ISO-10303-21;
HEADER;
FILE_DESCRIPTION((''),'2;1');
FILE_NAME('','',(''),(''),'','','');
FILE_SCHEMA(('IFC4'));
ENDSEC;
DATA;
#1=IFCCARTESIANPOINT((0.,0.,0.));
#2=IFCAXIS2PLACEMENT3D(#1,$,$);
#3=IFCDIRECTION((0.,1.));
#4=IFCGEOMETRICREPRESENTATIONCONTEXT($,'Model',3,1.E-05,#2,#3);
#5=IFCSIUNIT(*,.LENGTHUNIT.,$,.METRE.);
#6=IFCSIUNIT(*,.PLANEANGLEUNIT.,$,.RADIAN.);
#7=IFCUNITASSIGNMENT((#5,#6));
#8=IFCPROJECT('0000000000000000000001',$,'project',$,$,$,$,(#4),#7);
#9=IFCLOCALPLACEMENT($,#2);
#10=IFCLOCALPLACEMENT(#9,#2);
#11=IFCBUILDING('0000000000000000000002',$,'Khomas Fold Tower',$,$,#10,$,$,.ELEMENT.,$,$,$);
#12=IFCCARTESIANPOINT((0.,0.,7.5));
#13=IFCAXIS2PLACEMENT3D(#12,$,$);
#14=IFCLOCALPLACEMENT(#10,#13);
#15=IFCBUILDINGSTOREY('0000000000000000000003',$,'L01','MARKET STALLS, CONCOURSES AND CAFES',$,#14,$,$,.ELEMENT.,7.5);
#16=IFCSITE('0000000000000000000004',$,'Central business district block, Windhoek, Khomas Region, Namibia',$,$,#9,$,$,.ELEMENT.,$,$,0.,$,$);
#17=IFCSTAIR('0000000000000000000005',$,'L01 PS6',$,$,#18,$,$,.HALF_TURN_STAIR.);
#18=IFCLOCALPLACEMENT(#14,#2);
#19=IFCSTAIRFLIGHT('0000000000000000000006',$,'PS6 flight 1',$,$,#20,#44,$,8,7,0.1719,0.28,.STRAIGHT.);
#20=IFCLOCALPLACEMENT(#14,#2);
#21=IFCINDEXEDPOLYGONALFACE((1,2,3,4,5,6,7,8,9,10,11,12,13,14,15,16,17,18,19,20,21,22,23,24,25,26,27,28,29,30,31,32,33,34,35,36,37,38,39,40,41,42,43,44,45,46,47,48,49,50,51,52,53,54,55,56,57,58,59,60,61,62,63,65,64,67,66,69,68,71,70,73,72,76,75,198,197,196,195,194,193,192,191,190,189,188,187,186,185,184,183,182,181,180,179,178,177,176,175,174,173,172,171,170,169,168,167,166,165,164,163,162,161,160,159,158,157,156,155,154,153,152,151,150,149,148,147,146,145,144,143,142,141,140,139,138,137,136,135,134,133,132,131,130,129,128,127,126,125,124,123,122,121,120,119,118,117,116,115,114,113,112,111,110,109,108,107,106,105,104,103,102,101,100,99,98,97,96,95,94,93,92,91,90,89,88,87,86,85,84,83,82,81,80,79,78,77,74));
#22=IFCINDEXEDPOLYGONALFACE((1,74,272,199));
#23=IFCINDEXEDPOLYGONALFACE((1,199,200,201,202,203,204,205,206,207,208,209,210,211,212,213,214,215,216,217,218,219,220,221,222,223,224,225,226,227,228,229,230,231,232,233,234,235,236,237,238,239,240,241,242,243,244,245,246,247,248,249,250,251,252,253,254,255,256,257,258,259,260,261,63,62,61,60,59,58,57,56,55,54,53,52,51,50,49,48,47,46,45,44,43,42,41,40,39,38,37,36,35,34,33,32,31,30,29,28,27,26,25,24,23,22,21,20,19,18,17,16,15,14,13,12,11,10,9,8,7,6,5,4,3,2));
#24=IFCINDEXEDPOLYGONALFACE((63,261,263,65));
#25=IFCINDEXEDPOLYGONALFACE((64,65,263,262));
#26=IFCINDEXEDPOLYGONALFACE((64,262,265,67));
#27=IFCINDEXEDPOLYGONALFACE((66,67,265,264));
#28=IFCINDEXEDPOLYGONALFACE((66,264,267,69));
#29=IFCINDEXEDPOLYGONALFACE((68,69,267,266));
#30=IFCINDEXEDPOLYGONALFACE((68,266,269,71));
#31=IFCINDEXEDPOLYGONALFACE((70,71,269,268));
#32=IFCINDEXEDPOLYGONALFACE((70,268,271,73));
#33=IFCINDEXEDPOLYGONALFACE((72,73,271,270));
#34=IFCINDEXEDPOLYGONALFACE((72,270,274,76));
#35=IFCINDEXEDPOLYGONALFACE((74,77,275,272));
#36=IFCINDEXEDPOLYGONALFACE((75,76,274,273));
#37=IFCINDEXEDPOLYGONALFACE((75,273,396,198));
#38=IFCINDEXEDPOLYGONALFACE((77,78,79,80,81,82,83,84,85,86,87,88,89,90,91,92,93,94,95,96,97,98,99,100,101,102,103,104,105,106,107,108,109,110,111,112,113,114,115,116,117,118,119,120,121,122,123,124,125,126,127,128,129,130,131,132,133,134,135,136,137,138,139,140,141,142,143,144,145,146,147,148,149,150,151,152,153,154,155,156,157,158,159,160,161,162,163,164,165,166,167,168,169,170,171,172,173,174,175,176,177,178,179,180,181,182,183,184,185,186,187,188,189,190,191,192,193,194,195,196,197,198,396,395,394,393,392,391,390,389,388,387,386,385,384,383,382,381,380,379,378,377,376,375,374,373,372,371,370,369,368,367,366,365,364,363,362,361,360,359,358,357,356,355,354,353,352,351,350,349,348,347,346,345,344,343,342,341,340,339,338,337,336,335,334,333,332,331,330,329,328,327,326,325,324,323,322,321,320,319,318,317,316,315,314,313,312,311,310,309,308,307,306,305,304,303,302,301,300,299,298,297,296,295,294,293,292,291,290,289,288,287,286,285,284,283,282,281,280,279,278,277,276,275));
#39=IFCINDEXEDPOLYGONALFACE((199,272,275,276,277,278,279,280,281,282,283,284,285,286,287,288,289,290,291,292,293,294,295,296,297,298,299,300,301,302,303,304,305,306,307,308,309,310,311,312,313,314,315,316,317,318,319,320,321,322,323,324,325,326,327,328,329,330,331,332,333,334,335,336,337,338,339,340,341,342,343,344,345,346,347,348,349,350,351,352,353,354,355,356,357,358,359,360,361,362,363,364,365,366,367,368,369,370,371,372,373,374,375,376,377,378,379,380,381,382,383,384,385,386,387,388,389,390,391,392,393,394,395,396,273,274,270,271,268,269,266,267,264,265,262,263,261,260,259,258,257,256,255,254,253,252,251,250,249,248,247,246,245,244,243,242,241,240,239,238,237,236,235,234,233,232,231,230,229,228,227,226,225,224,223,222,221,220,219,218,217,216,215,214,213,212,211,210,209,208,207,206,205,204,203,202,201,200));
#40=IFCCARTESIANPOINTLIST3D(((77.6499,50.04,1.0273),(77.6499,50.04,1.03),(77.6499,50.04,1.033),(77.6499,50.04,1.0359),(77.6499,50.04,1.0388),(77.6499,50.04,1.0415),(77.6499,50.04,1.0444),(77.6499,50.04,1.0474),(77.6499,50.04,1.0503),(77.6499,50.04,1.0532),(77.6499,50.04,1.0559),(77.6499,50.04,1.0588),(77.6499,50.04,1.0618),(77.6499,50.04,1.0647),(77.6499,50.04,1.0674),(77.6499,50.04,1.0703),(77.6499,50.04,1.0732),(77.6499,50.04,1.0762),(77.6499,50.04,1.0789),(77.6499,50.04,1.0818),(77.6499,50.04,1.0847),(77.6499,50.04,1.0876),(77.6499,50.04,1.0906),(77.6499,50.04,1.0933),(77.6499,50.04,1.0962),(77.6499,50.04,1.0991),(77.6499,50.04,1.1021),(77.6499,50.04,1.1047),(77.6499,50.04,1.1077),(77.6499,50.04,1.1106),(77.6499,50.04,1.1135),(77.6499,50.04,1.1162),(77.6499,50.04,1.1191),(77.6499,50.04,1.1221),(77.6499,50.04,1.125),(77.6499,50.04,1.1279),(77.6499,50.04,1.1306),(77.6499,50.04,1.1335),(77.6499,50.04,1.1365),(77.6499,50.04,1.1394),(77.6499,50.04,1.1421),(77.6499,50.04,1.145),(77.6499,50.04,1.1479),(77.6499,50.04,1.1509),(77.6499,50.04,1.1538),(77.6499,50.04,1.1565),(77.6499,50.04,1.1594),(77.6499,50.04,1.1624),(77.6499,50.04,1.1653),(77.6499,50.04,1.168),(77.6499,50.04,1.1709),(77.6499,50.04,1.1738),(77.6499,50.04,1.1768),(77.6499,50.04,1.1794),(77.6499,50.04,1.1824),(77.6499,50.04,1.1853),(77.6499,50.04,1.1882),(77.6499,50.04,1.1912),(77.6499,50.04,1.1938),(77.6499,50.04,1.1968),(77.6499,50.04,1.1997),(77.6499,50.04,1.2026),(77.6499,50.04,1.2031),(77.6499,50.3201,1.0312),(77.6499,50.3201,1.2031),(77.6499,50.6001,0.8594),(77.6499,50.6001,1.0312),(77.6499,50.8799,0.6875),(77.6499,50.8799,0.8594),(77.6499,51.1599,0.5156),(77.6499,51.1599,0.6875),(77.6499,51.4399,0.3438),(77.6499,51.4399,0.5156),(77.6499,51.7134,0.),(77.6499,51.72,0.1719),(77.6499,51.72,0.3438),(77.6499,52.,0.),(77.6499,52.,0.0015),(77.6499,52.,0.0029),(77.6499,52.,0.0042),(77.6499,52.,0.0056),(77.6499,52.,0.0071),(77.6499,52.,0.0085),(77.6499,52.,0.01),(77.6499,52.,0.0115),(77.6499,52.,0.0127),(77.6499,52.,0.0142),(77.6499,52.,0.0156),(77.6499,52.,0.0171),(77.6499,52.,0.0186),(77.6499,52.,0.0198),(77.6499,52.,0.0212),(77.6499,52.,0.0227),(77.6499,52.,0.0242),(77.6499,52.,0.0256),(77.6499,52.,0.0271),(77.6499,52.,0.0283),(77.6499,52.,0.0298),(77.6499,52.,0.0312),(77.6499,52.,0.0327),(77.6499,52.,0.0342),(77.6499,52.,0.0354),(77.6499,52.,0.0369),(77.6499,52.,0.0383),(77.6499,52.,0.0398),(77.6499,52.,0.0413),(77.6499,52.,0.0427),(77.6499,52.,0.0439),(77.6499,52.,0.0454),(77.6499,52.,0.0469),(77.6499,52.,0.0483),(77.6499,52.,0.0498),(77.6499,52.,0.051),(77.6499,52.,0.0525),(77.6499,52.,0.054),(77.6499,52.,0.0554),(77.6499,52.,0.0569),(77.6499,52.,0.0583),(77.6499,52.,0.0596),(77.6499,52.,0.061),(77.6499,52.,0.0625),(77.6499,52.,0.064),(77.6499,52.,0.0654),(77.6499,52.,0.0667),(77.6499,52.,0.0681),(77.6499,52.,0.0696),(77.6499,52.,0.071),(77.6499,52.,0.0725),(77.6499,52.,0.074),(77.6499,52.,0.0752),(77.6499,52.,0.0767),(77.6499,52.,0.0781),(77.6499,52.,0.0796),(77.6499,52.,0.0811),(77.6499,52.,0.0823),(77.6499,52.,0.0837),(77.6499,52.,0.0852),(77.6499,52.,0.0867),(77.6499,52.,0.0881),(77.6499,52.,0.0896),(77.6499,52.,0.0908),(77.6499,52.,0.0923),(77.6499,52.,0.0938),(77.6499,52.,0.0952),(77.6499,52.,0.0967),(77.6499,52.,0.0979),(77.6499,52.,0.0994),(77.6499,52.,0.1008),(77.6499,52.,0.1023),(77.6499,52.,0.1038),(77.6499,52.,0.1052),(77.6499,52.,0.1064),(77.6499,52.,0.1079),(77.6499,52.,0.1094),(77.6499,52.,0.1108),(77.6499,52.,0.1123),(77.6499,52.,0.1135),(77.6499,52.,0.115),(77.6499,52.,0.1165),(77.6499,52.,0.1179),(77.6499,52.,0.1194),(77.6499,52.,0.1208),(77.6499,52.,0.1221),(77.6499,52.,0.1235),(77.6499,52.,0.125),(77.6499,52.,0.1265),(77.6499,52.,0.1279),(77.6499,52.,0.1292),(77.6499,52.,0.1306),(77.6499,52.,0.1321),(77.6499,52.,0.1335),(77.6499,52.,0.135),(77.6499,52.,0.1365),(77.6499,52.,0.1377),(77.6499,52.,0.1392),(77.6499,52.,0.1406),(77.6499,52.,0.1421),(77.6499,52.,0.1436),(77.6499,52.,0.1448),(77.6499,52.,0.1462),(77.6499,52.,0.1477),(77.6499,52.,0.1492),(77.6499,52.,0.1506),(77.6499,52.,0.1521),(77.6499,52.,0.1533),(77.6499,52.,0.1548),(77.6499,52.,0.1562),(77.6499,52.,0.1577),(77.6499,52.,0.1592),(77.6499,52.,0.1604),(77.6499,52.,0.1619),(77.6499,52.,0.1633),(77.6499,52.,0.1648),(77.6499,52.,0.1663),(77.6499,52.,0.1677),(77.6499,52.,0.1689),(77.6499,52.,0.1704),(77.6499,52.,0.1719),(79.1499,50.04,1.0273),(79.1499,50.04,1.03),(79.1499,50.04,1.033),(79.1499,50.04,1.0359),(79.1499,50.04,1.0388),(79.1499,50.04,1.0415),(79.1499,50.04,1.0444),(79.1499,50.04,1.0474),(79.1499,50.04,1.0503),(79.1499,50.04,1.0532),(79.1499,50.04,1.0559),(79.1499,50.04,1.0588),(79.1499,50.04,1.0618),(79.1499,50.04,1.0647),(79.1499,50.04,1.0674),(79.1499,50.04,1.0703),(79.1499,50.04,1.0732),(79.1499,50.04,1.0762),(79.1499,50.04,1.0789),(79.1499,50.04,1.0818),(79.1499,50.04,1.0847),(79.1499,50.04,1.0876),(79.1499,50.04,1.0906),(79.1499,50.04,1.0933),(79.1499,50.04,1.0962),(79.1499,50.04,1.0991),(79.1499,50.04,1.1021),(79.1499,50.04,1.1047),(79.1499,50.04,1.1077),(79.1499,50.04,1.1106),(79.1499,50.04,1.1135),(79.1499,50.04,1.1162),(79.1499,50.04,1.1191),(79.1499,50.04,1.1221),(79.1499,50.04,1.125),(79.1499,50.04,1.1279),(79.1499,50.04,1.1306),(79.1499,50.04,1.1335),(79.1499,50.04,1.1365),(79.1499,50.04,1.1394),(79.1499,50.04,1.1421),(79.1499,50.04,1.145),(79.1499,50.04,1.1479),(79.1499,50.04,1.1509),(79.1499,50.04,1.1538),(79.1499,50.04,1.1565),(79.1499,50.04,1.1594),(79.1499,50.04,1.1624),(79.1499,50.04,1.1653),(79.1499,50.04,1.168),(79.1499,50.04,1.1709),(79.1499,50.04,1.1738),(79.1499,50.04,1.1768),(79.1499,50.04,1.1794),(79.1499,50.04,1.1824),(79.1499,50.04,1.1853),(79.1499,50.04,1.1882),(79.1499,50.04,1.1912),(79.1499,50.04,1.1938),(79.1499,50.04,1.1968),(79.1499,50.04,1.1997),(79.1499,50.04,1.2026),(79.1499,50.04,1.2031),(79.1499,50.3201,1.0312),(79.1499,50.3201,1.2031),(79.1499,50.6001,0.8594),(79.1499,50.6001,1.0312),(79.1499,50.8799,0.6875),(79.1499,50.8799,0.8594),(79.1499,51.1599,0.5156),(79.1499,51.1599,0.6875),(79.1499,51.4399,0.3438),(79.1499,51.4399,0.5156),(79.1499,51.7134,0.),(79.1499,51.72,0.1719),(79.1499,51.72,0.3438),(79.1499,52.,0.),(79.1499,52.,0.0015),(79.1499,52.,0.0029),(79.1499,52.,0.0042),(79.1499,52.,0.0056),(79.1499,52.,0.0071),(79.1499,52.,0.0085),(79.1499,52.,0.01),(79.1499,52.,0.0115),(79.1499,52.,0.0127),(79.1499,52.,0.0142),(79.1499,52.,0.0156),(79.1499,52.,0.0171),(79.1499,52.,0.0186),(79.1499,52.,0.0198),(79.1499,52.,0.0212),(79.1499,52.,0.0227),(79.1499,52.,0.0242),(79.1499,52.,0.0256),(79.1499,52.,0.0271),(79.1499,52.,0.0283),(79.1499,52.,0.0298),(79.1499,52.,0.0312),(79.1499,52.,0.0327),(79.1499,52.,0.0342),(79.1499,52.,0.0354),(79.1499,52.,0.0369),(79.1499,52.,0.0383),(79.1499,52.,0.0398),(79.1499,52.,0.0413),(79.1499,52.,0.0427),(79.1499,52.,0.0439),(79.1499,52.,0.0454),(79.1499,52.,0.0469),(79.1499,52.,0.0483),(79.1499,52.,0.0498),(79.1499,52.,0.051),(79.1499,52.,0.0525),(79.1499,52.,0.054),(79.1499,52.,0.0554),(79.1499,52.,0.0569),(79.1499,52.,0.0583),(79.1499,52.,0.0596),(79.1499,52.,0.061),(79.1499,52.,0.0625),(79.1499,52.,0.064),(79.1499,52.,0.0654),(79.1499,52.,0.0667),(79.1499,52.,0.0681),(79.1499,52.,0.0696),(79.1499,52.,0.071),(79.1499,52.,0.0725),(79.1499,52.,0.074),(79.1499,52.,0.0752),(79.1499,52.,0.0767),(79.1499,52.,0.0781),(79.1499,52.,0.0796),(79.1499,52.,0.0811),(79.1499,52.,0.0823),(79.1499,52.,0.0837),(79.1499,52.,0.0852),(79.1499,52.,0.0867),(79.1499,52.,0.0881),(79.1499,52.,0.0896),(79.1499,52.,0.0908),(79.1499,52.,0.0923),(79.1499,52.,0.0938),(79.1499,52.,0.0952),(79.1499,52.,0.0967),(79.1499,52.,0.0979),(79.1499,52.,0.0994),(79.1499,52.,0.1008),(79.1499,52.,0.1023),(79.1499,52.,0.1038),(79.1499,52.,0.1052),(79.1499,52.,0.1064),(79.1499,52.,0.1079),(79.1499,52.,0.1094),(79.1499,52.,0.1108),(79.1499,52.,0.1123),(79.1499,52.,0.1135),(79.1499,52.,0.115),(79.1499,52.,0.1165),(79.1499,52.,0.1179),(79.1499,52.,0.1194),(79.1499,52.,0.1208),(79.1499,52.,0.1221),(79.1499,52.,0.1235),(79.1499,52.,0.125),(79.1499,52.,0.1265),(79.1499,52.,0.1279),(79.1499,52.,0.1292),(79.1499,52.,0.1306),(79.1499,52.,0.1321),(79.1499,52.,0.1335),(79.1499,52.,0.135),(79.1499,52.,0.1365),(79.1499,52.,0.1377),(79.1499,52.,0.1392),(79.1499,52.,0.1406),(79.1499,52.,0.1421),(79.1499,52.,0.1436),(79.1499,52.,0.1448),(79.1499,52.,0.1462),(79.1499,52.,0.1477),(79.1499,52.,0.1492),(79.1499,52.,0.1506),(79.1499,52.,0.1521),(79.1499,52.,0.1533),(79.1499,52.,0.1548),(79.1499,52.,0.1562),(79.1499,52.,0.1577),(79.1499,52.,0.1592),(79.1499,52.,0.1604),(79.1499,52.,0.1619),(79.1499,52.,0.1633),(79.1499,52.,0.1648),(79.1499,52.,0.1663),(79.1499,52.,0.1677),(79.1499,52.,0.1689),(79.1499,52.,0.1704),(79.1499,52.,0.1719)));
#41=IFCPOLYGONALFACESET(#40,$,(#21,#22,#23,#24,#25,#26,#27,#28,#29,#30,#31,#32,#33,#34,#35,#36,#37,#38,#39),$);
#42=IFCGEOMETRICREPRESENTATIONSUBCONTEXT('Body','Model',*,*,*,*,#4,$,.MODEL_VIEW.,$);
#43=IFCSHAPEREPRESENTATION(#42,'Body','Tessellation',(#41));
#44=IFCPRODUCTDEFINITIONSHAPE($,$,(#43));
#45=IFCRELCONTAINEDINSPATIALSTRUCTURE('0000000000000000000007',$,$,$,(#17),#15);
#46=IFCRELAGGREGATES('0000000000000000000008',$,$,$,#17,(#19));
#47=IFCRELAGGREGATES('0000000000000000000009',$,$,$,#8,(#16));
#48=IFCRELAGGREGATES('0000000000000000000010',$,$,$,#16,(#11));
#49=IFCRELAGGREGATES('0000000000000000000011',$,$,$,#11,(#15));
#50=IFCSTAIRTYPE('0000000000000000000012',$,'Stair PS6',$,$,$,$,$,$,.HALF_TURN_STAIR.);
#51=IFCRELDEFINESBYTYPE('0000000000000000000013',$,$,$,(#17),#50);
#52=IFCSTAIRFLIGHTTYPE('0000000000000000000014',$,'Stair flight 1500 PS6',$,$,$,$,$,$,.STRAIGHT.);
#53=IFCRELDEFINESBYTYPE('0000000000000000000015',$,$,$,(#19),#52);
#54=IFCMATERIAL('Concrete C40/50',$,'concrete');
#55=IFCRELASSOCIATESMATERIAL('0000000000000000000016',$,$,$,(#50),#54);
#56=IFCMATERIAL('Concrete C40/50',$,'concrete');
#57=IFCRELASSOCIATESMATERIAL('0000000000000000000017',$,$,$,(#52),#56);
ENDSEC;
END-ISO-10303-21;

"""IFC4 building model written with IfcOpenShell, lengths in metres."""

from ifc_helpers import new_model, si_unit, direction, frame, origin, place, context, subcontext, project, spatial, polyline, outline, extrude, source, transform, mapped, material, type_object, element, aggregate, save


model = new_model("IFC4")

# Units and contexts
model_context = context("Model", 3, precision=1e-05, world=origin(), true_north=direction((0.0, 1.0)))
body_context = subcontext(model_context, "Body", "Model", "MODEL_VIEW")
ifc_project = project(units=[si_unit("LENGTHUNIT", "METRE"), si_unit("PLANEANGLEUNIT", "RADIAN")], contexts=[model_context])

# Site, building, storey
site_placement = place(None, origin())
site = spatial("IfcSite", under=ifc_project, at=site_placement, Name="Central business district block, Windhoek, Khomas Region, Namibia", CompositionType="ELEMENT", RefElevation=0.0)
building_placement = place(site_placement, origin())
building = spatial("IfcBuilding", under=site, at=building_placement, Name="Khomas Fold Tower", CompositionType="ELEMENT")
storey_placement = place(building_placement, frame((0.0, 0.0, 7.5)))
storey = spatial("IfcBuildingStorey", under=building, at=storey_placement, Name="L01", Description="MARKET STALLS, CONCOURSES AND CAFES", CompositionType="ELEMENT", Elevation=7.5)

# Stair, stair flight
shared_shape_1 = source(origin(), body_context, "Body", "SweptSolid", [
    extrude(outline(polyline([(0.0, 0.0), (0.0, 0.0015), (0.0, 0.0029), (0.0, 0.0042), (0.0, 0.0056), (0.0, 0.0071), (0.0, 0.0085), (0.0, 0.01), (0.0, 0.0115), (0.0, 0.0127), (0.0, 0.0142), (0.0, 0.0156), (0.0, 0.0171), (0.0, 0.0186), (0.0, 0.0198), (0.0, 0.0212), (0.0, 0.0227), (0.0, 0.0242), (0.0, 0.0256), (0.0, 0.0271), (0.0, 0.0283), (0.0, 0.0298), (0.0, 0.0312), (0.0, 0.0327), (0.0, 0.0342), (0.0, 0.0354), (0.0, 0.0369), (0.0, 0.0383), (0.0, 0.0398), (0.0, 0.0413), (0.0, 0.0427), (0.0, 0.0439), (0.0, 0.0454), (0.0, 0.0469), (0.0, 0.0483), (0.0, 0.0498), (0.0, 0.051), (0.0, 0.0525), (0.0, 0.054), (0.0, 0.0554), (0.0, 0.0569), (0.0, 0.0583), (0.0, 0.0596), (0.0, 0.061), (0.0, 0.0625), (0.0, 0.064), (0.0, 0.0654), (0.0, 0.0667), (0.0, 0.0681), (0.0, 0.0696), (0.0, 0.071), (0.0, 0.0725), (0.0, 0.074), (0.0, 0.0752), (0.0, 0.0767), (0.0, 0.0781), (0.0, 0.0796), (0.0, 0.0811), (0.0, 0.0823), (0.0, 0.0837), (0.0, 0.0852), (0.0, 0.0867), (0.0, 0.0881), (0.0, 0.0896), (0.0, 0.0908), (0.0, 0.0923), (0.0, 0.0938), (0.0, 0.0952), (0.0, 0.0967), (0.0, 0.0979), (0.0, 0.0994), (0.0, 0.1008), (0.0, 0.1023), (0.0, 0.1038), (0.0, 0.1052), (0.0, 0.1064), (0.0, 0.1079), (0.0, 0.1094), (0.0, 0.1108), (0.0, 0.1123), (0.0, 0.1135), (0.0, 0.115), (0.0, 0.1165), (0.0, 0.1179), (0.0, 0.1194), (0.0, 0.1208), (0.0, 0.1221), (0.0, 0.1235), (0.0, 0.125), (0.0, 0.1265), (0.0, 0.1279), (0.0, 0.1292), (0.0, 0.1306), (0.0, 0.1321), (0.0, 0.1335), (0.0, 0.135), (0.0, 0.1365), (0.0, 0.1377), (0.0, 0.1392), (0.0, 0.1406), (0.0, 0.1421), (0.0, 0.1436), (0.0, 0.1448), (0.0, 0.1462), (0.0, 0.1477), (0.0, 0.1492), (0.0, 0.1506), (0.0, 0.1521), (0.0, 0.1533), (0.0, 0.1548), (0.0, 0.1562), (0.0, 0.1577), (0.0, 0.1592), (0.0, 0.1604), (0.0, 0.1619), (0.0, 0.1633), (0.0, 0.1648), (0.0, 0.1663), (0.0, 0.1677), (0.0, 0.1689), (0.0, 0.1704), (0.0, 0.1719), (0.28, 0.1719), (0.28, 0.3438), (0.5601, 0.3438), (0.5601, 0.5156), (0.8401, 0.5156), (0.8401, 0.6875), (1.1201, 0.6875), (1.1201, 0.8594), (1.3999, 0.8594), (1.3999, 1.0312), (1.6799, 1.0312), (1.6799, 1.2031), (1.96, 1.2031), (1.96, 1.375), (1.96, 1.3721), (1.96, 1.3691), (1.96, 1.3665), (1.96, 1.3635), (1.96, 1.3606), (1.96, 1.3577), (1.96, 1.355), (1.96, 1.3521), (1.96, 1.3491), (1.96, 1.3462), (1.96, 1.3435), (1.96, 1.3406), (1.96, 1.3376), (1.96, 1.3347), (1.96, 1.3318), (1.96, 1.3291), (1.96, 1.3262), (1.96, 1.3232), (1.96, 1.3203), (1.96, 1.3176), (1.96, 1.3147), (1.96, 1.3118), (1.96, 1.3088), (1.96, 1.3059), (1.96, 1.3032), (1.96, 1.3003), (1.96, 1.2974), (1.96, 1.2944), (1.96, 1.2917), (1.96, 1.2888), (1.96, 1.2859), (1.96, 1.283), (1.96, 1.2803), (1.96, 1.2773), (1.96, 1.2744), (1.96, 1.2715), (1.96, 1.2686), (1.96, 1.2659), (1.96, 1.2629), (1.96, 1.26), (1.96, 1.2571), (1.96, 1.2544), (1.96, 1.2515), (1.96, 1.2485), (1.96, 1.2456), (1.96, 1.2427), (1.96, 1.24), (1.96, 1.2371), (1.96, 1.2341), (1.96, 1.2312), (1.96, 1.2285), (1.96, 1.2256), (1.96, 1.2227), (1.96, 1.2197), (1.96, 1.217), (1.96, 1.2141), (1.96, 1.2112), (1.96, 1.2083), (1.96, 1.2053), (1.96, 1.2026), (1.96, 1.1997), (1.96, 1.1968), (1.96, 1.1938), (1.96, 1.1912), (1.96, 1.1882), (1.96, 1.1853), (1.96, 1.1824), (1.96, 1.1794), (1.96, 1.1768), (1.96, 1.1738), (1.96, 1.1709), (1.96, 1.168), (1.96, 1.1653), (1.96, 1.1624), (1.96, 1.1594), (1.96, 1.1565), (1.96, 1.1538), (1.96, 1.1509), (1.96, 1.1479), (1.96, 1.145), (1.96, 1.1421), (1.96, 1.1394), (1.96, 1.1365), (1.96, 1.1335), (1.96, 1.1306), (1.96, 1.1279), (1.96, 1.125), (1.96, 1.1221), (1.96, 1.1191), (1.96, 1.1162), (1.96, 1.1135), (1.96, 1.1106), (1.96, 1.1077), (1.96, 1.1047), (1.96, 1.1021), (1.96, 1.0991), (1.96, 1.0962), (1.96, 1.0933), (1.96, 1.0906), (1.96, 1.0876), (1.96, 1.0847), (1.96, 1.0818), (1.96, 1.0789), (1.96, 1.0762), (1.96, 1.0732), (1.96, 1.0703), (1.96, 1.0674), (1.96, 1.0647), (1.96, 1.0618), (1.96, 1.0588), (1.96, 1.0559), (1.96, 1.0532), (1.96, 1.0503), (1.96, 1.0474), (1.96, 1.0444), (1.96, 1.0415), (1.96, 1.0388), (1.96, 1.0359), (1.96, 1.033), (1.96, 1.03), (1.96, 1.0273), (0.2866, 0.0), (0.0, 0.0)])), frame((0.0, 0.75, 0.0), z_axis=(0.0, -1.0, 0.0), x_axis=(1.0, 0.0, 0.0)), (0.0, 0.0, 1.0), 1.5),
])
ifc_material_1 = material(Name="Concrete C40/50", Category="concrete")
stair_type_1 = type_object("IfcStairType", Name="Stair PS6", PredefinedType="HALF_TURN_STAIR", material=ifc_material_1)
stair_1_placement = place(storey_placement, origin())
stair_1 = element("IfcStair", 1, at=stair_1_placement, inside=storey, type_object=stair_type_1, Name="L01 PS6", PredefinedType="HALF_TURN_STAIR")
ifc_material_2 = material(Name="Concrete C40/50", Category="concrete")
stair_flight_type_1 = type_object("IfcStairFlightType", Name="Stair flight 1500 PS6", PredefinedType="STRAIGHT", material=ifc_material_2)
stair_flight_1_placement = place(storey_placement, frame((78.3999, 52.0, 0.0), z_axis=(0.0, 0.0, 1.0), x_axis=(0.0, -1.0, 0.0)))
stair_flight_1 = element("IfcStairFlight", 2, at=stair_flight_1_placement, type_object=stair_flight_type_1, Name="PS6 flight 1", NumberOfRisers=8, NumberOfTreads=7, PredefinedType="STRAIGHT", RiserHeight=0.1719, TreadLength=0.28, context=body_context, shape_type="MappedRepresentation", body=[
    mapped(shared_shape_1, transform((0.0, 0.0, 0.0))),
])
aggregate(stair_1, [stair_flight_1])

save(model, "model.ifc")
